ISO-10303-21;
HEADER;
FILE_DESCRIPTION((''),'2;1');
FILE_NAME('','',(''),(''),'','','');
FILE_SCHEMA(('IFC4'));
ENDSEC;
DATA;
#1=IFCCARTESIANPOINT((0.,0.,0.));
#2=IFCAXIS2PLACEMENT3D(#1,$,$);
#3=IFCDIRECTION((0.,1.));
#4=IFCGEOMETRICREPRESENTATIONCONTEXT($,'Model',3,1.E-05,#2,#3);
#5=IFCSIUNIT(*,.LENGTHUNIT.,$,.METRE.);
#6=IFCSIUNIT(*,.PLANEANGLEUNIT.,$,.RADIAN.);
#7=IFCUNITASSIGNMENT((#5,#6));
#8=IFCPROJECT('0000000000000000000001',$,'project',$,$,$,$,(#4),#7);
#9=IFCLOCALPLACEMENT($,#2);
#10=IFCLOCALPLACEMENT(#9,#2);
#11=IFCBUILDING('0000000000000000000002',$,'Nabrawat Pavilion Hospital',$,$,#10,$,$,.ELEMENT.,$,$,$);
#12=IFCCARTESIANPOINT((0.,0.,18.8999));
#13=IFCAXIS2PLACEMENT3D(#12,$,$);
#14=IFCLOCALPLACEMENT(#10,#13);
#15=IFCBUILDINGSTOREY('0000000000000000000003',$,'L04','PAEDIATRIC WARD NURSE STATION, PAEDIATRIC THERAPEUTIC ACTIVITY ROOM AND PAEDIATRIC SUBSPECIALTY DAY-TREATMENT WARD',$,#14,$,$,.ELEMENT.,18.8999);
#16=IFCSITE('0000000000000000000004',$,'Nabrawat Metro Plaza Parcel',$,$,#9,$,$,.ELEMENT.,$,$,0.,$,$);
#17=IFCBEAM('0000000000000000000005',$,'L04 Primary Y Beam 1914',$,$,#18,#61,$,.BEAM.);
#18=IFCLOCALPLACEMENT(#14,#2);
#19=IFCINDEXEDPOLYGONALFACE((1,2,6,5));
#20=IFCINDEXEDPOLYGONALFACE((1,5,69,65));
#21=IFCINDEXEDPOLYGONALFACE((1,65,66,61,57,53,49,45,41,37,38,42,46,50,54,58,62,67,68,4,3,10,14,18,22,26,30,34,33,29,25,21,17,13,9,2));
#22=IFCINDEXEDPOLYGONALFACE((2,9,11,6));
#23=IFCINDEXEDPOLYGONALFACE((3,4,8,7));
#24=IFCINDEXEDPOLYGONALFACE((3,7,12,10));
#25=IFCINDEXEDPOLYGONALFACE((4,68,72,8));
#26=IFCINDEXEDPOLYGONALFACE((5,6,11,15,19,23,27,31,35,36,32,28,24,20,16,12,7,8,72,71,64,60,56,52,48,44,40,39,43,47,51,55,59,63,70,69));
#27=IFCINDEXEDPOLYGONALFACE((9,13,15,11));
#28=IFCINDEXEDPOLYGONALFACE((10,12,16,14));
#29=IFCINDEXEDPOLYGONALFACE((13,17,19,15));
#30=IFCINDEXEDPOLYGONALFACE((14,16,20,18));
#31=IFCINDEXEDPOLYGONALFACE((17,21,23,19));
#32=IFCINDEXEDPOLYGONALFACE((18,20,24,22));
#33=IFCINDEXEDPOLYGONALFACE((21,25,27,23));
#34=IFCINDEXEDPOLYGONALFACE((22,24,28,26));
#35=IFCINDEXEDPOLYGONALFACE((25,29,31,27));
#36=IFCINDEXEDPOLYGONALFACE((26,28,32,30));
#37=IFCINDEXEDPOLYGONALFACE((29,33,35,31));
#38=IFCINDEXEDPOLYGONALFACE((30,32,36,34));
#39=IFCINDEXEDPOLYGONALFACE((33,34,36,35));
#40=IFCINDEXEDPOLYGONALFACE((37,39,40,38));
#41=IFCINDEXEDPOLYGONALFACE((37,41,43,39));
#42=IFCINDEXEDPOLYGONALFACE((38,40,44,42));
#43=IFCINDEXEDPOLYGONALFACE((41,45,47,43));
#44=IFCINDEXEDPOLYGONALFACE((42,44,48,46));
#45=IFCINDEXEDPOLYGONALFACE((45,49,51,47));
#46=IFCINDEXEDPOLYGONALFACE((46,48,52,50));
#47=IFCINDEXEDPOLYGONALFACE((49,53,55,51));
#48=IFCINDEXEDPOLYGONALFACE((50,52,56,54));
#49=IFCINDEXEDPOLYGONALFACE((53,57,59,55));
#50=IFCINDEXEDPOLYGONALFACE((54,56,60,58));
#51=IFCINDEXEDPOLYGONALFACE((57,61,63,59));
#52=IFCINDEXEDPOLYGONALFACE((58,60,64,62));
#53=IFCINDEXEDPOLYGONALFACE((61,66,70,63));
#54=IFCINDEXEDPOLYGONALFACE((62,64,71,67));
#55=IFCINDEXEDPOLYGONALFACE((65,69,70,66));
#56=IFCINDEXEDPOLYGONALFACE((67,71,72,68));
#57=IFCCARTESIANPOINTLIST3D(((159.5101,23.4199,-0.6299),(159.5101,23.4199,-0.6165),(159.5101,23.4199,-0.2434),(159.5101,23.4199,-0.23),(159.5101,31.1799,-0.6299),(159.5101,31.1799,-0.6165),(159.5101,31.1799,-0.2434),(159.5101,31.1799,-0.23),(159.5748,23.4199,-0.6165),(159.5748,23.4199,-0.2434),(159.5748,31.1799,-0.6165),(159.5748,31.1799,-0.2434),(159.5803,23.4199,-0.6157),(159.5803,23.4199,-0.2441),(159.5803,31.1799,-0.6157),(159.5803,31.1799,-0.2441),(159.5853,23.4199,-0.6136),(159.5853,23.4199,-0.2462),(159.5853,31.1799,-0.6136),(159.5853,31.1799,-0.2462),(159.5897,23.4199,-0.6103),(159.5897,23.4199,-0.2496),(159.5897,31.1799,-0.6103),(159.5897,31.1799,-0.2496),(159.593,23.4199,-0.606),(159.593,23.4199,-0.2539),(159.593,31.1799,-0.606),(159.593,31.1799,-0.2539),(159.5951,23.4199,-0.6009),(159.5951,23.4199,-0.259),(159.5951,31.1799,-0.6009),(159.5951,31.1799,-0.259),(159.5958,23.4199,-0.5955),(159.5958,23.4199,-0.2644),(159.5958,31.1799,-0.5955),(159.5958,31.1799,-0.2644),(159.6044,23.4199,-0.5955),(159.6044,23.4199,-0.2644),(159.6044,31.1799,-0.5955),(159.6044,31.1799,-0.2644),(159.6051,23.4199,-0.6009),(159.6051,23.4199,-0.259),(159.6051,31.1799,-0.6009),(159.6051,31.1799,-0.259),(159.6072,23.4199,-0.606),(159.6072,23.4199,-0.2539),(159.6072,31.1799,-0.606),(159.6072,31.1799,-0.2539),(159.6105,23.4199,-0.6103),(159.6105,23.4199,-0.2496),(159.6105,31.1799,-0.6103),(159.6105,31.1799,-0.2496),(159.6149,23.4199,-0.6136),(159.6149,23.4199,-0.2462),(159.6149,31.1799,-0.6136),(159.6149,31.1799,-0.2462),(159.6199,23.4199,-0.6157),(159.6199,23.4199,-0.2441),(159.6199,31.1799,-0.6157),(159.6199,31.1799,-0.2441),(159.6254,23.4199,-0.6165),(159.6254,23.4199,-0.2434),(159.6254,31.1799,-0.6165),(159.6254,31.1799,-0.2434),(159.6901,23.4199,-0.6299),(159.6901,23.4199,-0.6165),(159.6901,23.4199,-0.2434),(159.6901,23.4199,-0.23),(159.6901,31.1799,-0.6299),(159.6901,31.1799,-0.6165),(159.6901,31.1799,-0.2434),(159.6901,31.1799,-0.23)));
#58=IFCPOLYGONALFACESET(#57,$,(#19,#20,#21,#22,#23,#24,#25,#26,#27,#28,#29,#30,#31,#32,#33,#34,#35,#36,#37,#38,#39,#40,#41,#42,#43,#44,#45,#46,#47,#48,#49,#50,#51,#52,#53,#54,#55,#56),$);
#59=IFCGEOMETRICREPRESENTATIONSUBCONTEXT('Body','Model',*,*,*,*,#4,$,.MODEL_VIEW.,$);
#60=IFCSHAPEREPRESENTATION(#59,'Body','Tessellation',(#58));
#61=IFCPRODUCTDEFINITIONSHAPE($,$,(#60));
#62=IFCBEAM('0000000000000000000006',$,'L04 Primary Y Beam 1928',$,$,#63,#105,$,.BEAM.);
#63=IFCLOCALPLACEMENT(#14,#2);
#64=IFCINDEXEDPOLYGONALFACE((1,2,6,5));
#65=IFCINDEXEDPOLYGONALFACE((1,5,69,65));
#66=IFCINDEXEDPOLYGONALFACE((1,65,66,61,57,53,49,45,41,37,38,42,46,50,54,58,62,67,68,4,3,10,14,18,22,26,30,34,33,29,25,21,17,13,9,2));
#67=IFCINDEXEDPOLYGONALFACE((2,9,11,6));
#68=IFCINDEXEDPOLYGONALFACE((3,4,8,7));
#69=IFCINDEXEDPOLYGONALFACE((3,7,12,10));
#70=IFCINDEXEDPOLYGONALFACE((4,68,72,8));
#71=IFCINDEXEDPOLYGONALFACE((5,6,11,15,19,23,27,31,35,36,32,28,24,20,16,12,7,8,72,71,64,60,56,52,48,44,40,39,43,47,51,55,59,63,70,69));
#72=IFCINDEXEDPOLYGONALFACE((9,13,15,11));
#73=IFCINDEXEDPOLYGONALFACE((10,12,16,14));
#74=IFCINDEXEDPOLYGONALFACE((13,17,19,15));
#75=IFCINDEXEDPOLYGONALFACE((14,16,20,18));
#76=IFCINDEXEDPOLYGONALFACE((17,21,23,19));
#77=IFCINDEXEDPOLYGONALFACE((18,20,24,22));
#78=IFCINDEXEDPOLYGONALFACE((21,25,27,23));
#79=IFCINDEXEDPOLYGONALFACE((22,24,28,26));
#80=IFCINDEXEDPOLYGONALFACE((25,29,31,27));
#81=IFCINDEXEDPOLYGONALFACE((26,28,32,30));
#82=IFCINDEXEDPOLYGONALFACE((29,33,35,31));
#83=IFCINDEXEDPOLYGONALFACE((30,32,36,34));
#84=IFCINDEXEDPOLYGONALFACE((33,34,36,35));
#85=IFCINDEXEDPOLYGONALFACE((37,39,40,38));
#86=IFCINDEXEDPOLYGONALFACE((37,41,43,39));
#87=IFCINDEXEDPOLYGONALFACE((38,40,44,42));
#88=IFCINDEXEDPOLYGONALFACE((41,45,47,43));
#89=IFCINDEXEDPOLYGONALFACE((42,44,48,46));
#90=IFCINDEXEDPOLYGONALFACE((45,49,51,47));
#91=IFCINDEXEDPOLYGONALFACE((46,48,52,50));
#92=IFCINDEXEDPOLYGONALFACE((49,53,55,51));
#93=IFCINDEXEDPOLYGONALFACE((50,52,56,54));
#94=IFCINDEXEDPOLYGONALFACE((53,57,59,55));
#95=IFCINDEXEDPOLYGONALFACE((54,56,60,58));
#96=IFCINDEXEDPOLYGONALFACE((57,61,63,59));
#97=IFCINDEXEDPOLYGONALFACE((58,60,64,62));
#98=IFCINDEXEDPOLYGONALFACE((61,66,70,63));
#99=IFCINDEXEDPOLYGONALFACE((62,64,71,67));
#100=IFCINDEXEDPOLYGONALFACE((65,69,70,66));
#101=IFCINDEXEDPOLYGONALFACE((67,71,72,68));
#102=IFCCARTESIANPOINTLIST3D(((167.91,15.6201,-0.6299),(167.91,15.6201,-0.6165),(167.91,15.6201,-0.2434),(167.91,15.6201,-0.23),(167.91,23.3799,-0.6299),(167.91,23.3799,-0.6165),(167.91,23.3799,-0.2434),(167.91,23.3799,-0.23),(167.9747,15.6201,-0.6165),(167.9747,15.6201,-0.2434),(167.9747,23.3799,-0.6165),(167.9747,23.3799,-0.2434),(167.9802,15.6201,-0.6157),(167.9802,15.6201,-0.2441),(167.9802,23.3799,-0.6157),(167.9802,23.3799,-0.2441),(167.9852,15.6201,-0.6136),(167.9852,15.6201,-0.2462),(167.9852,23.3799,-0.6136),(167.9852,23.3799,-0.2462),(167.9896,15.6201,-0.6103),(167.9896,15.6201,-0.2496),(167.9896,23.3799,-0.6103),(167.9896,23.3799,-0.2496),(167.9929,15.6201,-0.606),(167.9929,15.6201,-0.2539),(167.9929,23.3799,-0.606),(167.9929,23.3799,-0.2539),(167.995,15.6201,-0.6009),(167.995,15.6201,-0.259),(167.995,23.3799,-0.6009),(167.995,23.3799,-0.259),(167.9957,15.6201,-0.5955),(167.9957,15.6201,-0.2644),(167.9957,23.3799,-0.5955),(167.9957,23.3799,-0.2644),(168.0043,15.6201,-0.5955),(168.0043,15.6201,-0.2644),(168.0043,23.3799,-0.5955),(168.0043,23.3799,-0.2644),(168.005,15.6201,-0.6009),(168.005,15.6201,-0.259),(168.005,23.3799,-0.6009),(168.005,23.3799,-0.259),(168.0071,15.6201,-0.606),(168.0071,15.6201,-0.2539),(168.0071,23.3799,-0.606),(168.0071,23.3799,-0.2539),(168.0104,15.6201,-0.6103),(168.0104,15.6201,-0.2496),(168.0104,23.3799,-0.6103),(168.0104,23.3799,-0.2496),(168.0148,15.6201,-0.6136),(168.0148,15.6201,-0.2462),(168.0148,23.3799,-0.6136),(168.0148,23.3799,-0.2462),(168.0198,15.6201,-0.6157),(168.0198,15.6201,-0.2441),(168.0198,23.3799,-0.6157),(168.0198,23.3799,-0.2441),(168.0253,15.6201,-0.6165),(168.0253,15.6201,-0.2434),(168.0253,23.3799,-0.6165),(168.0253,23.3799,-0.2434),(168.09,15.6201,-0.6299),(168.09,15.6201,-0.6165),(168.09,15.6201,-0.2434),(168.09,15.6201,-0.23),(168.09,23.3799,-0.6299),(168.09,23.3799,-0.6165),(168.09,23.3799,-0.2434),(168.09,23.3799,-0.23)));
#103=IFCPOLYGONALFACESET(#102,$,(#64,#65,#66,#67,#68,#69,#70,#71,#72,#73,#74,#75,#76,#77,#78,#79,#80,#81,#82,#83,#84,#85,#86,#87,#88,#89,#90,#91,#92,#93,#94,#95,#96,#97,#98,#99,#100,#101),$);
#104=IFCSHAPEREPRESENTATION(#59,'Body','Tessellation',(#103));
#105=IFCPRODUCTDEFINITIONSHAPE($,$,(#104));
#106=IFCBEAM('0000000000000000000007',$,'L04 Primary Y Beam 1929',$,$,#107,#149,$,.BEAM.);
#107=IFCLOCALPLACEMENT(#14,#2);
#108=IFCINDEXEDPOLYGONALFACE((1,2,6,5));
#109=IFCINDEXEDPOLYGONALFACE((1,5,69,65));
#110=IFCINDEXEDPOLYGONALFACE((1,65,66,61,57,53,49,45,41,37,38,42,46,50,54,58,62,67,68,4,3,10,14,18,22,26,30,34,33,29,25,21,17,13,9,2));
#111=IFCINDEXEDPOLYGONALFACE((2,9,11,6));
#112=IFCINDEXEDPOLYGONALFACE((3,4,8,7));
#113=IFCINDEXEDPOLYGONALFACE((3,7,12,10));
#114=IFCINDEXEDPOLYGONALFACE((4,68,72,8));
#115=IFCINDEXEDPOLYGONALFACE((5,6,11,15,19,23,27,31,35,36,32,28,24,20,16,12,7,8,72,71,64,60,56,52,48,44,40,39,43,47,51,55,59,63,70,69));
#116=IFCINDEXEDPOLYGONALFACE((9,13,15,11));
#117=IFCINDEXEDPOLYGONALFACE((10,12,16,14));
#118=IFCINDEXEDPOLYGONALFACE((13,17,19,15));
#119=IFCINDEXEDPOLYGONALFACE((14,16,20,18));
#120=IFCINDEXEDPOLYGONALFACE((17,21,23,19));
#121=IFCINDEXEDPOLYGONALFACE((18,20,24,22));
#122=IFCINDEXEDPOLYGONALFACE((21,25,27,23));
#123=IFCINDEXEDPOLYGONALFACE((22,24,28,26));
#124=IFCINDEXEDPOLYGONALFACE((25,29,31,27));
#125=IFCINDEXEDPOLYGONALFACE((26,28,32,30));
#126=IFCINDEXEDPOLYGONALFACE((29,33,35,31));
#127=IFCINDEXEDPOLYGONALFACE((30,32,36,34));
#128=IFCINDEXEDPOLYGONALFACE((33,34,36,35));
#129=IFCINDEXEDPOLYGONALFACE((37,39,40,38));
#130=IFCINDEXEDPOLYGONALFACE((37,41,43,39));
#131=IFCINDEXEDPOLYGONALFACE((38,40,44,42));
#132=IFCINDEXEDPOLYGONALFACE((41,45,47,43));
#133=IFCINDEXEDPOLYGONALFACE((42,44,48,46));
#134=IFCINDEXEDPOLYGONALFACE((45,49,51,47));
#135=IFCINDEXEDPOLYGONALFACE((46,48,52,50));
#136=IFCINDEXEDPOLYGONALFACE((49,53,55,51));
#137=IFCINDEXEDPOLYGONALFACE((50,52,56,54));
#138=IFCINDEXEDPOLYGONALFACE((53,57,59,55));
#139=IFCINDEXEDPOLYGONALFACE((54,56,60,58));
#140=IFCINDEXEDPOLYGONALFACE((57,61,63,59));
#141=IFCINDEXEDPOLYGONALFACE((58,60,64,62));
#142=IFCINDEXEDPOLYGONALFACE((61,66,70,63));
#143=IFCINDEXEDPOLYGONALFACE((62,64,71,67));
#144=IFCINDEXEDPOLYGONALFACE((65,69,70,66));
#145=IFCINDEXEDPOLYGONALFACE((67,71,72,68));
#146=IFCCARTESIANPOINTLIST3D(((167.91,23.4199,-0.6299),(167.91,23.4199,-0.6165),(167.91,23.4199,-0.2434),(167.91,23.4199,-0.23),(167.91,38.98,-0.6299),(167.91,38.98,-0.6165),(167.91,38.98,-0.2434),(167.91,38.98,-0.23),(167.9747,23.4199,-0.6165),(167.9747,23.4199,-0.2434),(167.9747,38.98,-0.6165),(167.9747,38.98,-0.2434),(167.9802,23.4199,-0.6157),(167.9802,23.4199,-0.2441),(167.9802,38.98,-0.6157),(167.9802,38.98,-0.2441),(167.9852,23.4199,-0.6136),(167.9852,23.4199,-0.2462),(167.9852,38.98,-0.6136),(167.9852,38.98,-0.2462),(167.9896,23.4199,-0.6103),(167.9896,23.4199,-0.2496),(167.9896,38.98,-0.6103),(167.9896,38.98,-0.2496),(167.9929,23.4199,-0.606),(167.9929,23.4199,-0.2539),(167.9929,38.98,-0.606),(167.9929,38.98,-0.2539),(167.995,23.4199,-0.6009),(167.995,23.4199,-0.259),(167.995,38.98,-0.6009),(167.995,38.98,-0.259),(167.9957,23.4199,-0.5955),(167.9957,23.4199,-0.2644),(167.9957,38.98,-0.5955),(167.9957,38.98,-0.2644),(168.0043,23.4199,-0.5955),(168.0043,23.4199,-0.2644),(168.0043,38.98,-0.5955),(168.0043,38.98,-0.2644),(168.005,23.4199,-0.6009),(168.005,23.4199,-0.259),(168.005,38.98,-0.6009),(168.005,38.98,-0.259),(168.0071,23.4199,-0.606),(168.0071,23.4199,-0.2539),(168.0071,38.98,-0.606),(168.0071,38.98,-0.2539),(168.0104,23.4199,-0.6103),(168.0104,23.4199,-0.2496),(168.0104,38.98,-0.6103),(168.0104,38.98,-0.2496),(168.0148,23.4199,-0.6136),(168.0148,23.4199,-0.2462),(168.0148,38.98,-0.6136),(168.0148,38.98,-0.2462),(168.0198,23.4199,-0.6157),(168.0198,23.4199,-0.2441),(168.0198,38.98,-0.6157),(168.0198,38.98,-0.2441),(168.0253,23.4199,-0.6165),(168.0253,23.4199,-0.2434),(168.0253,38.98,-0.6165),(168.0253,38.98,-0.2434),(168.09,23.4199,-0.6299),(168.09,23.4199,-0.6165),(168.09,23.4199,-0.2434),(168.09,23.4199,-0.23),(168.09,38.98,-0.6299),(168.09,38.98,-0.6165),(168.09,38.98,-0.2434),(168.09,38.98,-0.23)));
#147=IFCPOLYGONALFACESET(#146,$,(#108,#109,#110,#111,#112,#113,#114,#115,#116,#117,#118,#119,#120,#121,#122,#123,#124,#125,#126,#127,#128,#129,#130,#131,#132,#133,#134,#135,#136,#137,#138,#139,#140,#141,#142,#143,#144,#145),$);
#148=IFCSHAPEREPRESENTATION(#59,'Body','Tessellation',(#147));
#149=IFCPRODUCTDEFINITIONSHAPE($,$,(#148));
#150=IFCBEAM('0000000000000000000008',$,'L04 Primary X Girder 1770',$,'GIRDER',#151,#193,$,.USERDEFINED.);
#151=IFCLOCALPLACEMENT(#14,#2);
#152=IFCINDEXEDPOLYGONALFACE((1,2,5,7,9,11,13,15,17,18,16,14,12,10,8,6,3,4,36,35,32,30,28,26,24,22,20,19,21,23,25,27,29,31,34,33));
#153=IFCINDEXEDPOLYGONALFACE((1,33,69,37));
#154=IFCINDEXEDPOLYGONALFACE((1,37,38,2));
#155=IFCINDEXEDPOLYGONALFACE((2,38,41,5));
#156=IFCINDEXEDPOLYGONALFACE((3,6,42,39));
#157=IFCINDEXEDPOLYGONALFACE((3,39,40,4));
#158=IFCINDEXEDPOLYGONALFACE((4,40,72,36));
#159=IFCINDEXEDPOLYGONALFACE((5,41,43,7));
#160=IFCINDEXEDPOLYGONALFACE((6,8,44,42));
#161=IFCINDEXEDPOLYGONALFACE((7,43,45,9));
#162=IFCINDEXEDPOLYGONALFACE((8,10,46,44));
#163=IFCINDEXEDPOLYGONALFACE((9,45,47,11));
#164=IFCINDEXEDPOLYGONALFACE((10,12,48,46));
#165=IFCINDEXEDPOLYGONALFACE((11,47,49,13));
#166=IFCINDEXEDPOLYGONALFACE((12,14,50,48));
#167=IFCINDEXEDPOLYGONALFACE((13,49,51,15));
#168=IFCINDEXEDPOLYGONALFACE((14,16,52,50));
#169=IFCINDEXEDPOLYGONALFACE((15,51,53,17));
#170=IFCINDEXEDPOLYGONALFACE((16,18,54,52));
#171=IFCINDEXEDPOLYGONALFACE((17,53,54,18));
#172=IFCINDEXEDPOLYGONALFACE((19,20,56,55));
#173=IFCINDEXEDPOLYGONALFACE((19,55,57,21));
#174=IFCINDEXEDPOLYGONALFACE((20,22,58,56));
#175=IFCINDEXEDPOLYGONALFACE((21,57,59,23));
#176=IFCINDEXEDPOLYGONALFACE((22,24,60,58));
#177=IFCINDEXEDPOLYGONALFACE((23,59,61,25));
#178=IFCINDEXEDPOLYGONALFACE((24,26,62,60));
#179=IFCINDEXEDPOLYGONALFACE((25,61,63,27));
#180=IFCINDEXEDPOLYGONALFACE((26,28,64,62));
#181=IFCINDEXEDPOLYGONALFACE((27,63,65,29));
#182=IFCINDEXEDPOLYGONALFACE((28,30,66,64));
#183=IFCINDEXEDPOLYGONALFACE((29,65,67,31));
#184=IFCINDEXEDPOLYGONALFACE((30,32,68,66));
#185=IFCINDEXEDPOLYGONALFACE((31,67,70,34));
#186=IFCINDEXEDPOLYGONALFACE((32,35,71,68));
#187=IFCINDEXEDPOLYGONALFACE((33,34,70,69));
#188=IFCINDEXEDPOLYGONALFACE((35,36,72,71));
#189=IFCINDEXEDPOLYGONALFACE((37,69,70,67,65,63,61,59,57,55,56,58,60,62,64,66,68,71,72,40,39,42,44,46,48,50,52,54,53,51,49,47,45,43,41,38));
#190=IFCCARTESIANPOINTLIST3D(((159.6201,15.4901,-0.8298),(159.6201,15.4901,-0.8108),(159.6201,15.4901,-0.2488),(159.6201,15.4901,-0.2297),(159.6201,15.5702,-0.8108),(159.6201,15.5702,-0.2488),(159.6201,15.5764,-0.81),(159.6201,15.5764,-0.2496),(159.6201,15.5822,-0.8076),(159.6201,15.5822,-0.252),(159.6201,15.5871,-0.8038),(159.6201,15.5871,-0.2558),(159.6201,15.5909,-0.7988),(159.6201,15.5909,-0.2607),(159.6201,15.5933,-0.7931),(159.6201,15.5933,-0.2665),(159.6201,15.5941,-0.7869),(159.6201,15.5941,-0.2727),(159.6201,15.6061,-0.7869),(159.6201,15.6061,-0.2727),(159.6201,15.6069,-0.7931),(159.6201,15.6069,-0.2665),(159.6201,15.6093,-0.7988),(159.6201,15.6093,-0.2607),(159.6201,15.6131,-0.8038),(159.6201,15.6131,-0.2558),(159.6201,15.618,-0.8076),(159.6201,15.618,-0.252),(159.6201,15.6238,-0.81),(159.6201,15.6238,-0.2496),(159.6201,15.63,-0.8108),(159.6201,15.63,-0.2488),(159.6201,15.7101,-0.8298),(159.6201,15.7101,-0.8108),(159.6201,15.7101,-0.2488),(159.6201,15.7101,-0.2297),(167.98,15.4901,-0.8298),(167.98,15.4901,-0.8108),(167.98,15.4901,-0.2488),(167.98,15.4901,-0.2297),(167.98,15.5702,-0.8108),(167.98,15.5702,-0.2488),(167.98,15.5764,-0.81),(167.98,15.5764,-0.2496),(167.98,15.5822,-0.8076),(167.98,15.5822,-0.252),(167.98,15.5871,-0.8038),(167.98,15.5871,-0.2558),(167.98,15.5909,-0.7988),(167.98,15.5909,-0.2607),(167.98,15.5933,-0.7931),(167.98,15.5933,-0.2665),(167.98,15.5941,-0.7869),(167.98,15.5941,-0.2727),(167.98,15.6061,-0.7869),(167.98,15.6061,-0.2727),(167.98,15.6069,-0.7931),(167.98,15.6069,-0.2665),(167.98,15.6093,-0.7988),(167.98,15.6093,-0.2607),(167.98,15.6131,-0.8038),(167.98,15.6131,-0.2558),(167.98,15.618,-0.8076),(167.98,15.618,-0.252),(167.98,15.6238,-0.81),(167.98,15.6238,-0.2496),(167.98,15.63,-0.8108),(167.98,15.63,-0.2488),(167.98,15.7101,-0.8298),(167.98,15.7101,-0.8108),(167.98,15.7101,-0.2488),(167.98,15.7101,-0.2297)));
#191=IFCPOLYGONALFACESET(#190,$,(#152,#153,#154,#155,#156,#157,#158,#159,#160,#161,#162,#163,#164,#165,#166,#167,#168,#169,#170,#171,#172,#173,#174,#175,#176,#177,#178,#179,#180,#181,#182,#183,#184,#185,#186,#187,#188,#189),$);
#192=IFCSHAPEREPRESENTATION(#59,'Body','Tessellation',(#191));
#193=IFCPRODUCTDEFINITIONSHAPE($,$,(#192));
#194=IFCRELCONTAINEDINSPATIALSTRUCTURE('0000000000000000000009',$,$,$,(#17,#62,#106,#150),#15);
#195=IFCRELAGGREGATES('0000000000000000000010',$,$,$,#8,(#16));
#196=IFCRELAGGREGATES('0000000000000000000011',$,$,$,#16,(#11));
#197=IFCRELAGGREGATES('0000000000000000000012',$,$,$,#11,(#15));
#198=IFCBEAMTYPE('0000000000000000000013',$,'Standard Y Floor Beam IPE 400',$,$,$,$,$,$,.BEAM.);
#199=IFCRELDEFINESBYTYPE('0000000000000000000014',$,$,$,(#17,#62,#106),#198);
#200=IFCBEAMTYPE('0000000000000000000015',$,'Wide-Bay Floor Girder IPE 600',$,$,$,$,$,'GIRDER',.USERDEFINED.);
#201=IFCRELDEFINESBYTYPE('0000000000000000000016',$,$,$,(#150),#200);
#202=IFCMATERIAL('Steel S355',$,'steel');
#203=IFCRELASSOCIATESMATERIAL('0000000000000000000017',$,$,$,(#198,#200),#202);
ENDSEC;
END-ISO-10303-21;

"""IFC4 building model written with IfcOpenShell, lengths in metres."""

from ifc_helpers import new_model, si_unit, direction, frame, origin, origin_2d, place, context, subcontext, project, spatial, i_section, extrude, material, material_profile, profile_set, type_object, element, save


model = new_model("IFC4")

# Units and contexts
model_context = context("Model", 3, precision=1e-05, world=origin(), true_north=direction((0.0, 1.0)))
body_context = subcontext(model_context, "Body", "Model", "MODEL_VIEW")
ifc_project = project(units=[si_unit("LENGTHUNIT", "METRE"), si_unit("PLANEANGLEUNIT", "RADIAN")], contexts=[model_context])

# Site, building, storey
site_placement = place(None, origin())
site = spatial("IfcSite", under=ifc_project, at=site_placement, Name="Nabrawat Metro Plaza Parcel", CompositionType="ELEMENT", RefElevation=0.0)
building_placement = place(site_placement, origin())
building = spatial("IfcBuilding", under=site, at=building_placement, Name="Nabrawat Pavilion Hospital", CompositionType="ELEMENT")
storey_placement = place(building_placement, frame((0.0, 0.0, 18.8999)))
storey = spatial("IfcBuildingStorey", under=building, at=storey_placement, Name="L04", Description="PAEDIATRIC WARD NURSE STATION, PAEDIATRIC THERAPEUTIC ACTIVITY ROOM AND PAEDIATRIC SUBSPECIALTY DAY-TREATMENT WARD", CompositionType="ELEMENT", Elevation=18.8999)

# Beams
ifc_material_1 = material(Name="Steel S355", Category="steel")
ifc_material_profile_1 = material_profile(ifc_material_1, i_section(OverallWidth=0.1799, OverallDepth=0.3999, WebThickness=0.0085, FlangeThickness=0.0134, FilletRadius=0.021, at=origin_2d()), Name="IPE 400")
ifc_profile_set_1 = profile_set([ifc_material_profile_1], Name="Steel S355")
beam_type_1 = type_object("IfcBeamType", Name="Standard Y Floor Beam IPE 400", PredefinedType="BEAM", material=ifc_profile_set_1)
beam_1_placement = place(storey_placement, frame((159.6001, 23.4199, -0.4299), z_axis=(0.0, 1.0, 0.0), x_axis=(-1.0, 0.0, 0.0)))
element("IfcBeam", 1, at=beam_1_placement, inside=storey, type_object=beam_type_1, Name="L04 Primary Y Beam 1914", PredefinedType="BEAM", context=body_context, shape_type="SweptSolid", body=[
    extrude(i_section(OverallWidth=0.1799, OverallDepth=0.3999, WebThickness=0.0085, FlangeThickness=0.0134, FilletRadius=0.021, at=origin_2d()), origin(), (0.0, 0.0, 1.0), 7.76),
])
beam_2_placement = place(storey_placement, frame((168.0, 15.6201, -0.4299), z_axis=(0.0, 1.0, 0.0), x_axis=(-1.0, 0.0, 0.0)))
element("IfcBeam", 2, at=beam_2_placement, inside=storey, type_object=beam_type_1, Name="L04 Primary Y Beam 1928", PredefinedType="BEAM", context=body_context, shape_type="SweptSolid", body=[
    extrude(i_section(OverallWidth=0.1799, OverallDepth=0.3999, WebThickness=0.0085, FlangeThickness=0.0134, FilletRadius=0.021, at=origin_2d()), origin(), (0.0, 0.0, 1.0), 7.7598),
])
beam_3_placement = place(storey_placement, frame((168.0, 23.4199, -0.4299), z_axis=(0.0, 1.0, 0.0), x_axis=(-1.0, 0.0, 0.0)))
element("IfcBeam", 3, at=beam_3_placement, inside=storey, type_object=beam_type_1, Name="L04 Primary Y Beam 1929", PredefinedType="BEAM", context=body_context, shape_type="SweptSolid", body=[
    extrude(i_section(OverallWidth=0.1799, OverallDepth=0.3999, WebThickness=0.0085, FlangeThickness=0.0134, FilletRadius=0.021, at=origin_2d()), origin(), (0.0, 0.0, 1.0), 15.5601),
])
ifc_material_profile_2 = material_profile(ifc_material_1, i_section(OverallWidth=0.22, OverallDepth=0.6001, WebThickness=0.012, FlangeThickness=0.019, FilletRadius=0.0239, at=origin_2d()), Name="IPE 600")
ifc_profile_set_2 = profile_set([ifc_material_profile_2], Name="Steel S355")
beam_type_2 = type_object("IfcBeamType", Name="Wide-Bay Floor Girder IPE 600", ElementType="GIRDER", PredefinedType="USERDEFINED", material=ifc_profile_set_2)
beam_4_placement = place(storey_placement, frame((159.6201, 15.6001, -0.5298), z_axis=(1.0, 0.0, 0.0), x_axis=(0.0, 1.0, 0.0)))
element("IfcBeam", 4, at=beam_4_placement, inside=storey, type_object=beam_type_2, Name="L04 Primary X Girder 1770", ObjectType="GIRDER", PredefinedType="USERDEFINED", context=body_context, shape_type="SweptSolid", body=[
    extrude(i_section(OverallWidth=0.22, OverallDepth=0.6001, WebThickness=0.012, FlangeThickness=0.019, FilletRadius=0.0239, at=origin_2d()), origin(), (0.0, 0.0, 1.0), 8.3599),
])

save(model, "model.ifc")
